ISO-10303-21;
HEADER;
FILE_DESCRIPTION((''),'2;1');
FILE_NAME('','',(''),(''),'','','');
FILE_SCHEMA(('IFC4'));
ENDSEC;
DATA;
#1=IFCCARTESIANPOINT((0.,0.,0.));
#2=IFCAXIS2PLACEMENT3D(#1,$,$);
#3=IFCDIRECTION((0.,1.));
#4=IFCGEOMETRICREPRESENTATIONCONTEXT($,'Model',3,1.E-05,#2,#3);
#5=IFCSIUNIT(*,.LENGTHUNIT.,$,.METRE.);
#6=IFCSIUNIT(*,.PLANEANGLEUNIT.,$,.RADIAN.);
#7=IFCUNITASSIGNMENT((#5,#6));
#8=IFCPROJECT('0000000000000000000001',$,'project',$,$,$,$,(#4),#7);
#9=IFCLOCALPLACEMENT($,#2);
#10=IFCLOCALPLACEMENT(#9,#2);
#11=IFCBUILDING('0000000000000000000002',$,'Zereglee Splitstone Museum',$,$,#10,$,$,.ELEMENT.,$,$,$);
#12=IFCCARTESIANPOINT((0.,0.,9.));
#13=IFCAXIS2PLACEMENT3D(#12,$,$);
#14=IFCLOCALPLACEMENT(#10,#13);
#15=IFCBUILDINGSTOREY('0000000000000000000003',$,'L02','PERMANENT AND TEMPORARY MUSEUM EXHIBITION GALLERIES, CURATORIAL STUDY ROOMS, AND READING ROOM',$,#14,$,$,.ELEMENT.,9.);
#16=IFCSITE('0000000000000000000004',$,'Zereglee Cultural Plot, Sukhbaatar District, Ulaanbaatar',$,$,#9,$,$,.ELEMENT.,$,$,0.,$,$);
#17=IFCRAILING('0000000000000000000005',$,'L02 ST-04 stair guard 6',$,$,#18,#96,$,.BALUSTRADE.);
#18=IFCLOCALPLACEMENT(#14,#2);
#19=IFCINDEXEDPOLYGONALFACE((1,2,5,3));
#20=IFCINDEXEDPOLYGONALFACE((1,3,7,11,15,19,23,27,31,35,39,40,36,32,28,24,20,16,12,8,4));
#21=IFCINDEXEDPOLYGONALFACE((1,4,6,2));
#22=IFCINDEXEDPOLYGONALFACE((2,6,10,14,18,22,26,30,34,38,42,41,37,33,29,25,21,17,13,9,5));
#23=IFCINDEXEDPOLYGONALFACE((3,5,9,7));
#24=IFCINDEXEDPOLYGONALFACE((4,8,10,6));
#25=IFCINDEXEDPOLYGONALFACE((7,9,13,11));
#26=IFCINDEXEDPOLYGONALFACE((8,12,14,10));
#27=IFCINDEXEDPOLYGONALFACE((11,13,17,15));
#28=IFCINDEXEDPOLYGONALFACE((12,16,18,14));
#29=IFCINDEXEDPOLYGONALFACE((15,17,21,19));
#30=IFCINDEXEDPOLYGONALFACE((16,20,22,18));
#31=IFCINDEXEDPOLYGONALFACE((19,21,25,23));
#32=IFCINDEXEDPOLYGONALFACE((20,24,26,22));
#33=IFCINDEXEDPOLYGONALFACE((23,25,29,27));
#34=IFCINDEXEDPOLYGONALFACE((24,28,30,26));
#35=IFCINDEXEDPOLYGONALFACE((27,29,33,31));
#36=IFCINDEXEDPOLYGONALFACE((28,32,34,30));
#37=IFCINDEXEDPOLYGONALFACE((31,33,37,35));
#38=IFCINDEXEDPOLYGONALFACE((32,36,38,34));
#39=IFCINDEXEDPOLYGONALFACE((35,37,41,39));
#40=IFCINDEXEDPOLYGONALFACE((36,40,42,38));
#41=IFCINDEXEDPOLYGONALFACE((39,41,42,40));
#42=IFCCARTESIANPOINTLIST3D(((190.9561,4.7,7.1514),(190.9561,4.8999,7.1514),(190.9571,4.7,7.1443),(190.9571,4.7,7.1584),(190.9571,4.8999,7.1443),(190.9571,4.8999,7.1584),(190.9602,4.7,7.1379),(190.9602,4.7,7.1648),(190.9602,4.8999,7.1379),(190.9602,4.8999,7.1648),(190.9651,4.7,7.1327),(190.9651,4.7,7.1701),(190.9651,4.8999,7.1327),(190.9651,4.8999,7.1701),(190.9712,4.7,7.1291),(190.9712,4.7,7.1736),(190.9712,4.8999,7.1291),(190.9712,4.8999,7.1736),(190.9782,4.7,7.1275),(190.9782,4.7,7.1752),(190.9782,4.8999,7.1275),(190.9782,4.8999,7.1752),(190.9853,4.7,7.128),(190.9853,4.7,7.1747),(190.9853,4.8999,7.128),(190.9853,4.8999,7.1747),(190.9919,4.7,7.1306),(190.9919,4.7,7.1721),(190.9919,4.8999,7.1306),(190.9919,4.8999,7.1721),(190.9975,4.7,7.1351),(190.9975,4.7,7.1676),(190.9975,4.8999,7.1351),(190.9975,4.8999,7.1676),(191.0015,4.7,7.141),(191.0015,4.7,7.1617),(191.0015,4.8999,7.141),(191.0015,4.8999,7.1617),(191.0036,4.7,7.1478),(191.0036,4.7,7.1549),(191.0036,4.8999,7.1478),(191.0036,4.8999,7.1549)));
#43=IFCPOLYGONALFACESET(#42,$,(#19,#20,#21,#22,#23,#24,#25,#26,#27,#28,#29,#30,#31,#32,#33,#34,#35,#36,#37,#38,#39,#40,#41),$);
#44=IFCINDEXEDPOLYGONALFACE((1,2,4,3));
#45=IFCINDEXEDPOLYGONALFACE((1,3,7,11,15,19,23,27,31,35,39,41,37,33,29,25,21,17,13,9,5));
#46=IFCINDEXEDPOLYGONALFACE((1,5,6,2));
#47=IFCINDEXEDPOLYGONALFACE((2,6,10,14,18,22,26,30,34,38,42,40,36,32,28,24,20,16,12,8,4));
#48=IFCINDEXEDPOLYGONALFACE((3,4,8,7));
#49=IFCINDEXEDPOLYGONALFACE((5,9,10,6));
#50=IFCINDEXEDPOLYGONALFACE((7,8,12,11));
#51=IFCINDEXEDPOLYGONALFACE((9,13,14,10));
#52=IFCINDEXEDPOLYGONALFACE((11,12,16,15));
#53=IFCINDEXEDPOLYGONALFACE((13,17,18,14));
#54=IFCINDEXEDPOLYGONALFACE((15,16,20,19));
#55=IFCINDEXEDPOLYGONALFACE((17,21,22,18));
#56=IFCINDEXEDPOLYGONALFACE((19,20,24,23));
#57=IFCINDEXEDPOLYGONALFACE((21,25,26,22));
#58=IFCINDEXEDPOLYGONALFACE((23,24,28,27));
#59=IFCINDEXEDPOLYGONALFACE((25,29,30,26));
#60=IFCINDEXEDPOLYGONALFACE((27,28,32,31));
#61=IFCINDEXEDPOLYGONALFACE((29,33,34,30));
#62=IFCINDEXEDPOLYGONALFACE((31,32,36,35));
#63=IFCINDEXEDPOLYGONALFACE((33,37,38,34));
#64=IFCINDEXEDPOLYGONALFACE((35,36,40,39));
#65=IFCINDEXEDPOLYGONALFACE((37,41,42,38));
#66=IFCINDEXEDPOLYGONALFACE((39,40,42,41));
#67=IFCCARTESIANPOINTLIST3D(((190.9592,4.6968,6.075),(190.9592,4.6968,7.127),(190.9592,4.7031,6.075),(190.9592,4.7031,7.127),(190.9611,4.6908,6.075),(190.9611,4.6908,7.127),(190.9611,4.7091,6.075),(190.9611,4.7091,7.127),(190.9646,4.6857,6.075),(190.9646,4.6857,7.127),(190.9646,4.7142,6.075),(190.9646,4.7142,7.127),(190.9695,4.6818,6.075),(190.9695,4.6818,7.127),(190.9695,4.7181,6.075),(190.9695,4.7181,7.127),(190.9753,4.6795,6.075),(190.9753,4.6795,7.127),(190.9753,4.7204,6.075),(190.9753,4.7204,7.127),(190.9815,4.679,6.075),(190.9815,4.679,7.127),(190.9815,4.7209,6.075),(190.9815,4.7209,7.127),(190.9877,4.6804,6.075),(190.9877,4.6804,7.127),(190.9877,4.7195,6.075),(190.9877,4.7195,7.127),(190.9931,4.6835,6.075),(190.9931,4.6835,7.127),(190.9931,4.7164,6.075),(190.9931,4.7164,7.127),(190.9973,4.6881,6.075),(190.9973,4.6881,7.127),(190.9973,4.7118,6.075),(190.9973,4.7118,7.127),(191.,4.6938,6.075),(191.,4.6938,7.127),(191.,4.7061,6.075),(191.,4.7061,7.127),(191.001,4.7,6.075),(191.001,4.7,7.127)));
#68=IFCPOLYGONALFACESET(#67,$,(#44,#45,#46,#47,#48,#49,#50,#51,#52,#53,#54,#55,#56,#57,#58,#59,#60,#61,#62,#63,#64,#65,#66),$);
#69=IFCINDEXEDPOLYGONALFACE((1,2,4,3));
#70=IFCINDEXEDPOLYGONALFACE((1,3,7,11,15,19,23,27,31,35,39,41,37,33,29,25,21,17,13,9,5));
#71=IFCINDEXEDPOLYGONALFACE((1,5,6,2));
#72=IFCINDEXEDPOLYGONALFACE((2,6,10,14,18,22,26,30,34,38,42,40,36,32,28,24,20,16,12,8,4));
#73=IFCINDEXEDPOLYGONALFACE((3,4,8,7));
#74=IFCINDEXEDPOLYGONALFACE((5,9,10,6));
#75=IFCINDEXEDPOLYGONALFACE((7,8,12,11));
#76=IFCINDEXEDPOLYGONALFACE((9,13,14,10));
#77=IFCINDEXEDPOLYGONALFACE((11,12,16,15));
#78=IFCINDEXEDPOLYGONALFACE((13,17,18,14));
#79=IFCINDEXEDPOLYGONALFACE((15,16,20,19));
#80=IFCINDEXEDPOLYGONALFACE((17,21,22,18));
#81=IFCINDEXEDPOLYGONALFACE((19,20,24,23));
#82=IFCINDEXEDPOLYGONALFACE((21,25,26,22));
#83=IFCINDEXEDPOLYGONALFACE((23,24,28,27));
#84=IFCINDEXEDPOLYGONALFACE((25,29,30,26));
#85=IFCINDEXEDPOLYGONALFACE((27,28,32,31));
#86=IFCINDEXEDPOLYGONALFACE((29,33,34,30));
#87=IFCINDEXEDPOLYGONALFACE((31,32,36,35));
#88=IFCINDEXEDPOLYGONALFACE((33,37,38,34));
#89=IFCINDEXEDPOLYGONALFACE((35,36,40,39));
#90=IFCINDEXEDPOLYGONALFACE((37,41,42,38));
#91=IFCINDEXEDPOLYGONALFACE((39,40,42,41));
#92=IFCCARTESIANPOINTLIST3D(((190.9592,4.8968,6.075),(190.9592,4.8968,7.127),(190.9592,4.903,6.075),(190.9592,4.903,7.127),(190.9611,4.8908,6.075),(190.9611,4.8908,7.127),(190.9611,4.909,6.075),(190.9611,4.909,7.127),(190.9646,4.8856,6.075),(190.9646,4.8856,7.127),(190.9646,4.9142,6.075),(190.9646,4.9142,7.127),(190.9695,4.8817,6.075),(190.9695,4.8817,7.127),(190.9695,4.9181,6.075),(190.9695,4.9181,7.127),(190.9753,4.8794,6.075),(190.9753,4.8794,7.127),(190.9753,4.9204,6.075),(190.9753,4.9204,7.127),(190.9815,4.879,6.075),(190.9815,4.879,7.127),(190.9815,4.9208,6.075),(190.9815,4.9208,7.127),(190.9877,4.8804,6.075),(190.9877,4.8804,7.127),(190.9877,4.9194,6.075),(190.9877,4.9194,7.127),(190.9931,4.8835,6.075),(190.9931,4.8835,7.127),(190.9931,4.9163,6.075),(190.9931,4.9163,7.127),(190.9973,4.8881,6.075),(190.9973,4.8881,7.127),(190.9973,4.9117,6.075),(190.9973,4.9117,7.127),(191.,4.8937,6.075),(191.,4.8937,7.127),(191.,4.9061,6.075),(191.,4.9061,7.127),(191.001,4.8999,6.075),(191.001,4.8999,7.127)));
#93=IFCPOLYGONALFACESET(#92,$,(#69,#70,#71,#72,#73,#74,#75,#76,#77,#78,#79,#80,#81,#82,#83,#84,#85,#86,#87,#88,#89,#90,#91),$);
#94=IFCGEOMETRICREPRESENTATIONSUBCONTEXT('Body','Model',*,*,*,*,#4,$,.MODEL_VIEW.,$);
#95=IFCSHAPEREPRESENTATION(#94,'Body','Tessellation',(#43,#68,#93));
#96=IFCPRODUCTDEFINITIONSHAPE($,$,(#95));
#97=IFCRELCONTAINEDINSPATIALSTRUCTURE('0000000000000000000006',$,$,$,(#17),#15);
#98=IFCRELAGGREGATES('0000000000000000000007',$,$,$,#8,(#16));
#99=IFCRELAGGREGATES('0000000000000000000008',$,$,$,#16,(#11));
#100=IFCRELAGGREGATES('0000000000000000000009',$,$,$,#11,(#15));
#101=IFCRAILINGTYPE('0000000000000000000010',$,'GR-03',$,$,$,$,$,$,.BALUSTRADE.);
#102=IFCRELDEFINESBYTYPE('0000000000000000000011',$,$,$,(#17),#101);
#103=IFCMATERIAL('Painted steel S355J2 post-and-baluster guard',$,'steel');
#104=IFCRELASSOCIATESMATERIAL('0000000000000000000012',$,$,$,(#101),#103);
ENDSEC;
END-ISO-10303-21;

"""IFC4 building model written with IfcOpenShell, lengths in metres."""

from ifc_helpers import new_model, si_unit, direction, frame, origin, origin_2d, place, context, subcontext, project, spatial, circle, extrude, material, type_object, element, save


model = new_model("IFC4")

# Units and contexts
model_context = context("Model", 3, precision=1e-05, world=origin(), true_north=direction((0.0, 1.0)))
body_context = subcontext(model_context, "Body", "Model", "MODEL_VIEW")
ifc_project = project(units=[si_unit("LENGTHUNIT", "METRE"), si_unit("PLANEANGLEUNIT", "RADIAN")], contexts=[model_context])

# Site, building, storey
site_placement = place(None, origin())
site = spatial("IfcSite", under=ifc_project, at=site_placement, Name="Zereglee Cultural Plot, Sukhbaatar District, Ulaanbaatar", CompositionType="ELEMENT", RefElevation=0.0)
building_placement = place(site_placement, origin())
building = spatial("IfcBuilding", under=site, at=building_placement, Name="Zereglee Splitstone Museum", CompositionType="ELEMENT")
storey_placement = place(building_placement, frame((0.0, 0.0, 9.0)))
storey = spatial("IfcBuildingStorey", under=building, at=storey_placement, Name="L02", Description="PERMANENT AND TEMPORARY MUSEUM EXHIBITION GALLERIES, CURATORIAL STUDY ROOMS, AND READING ROOM", CompositionType="ELEMENT", Elevation=9.0)

# Railing
ifc_material_1 = material(Name="Painted steel S355J2 post-and-baluster guard", Category="steel")
railing_type_1 = type_object("IfcRailingType", Name="GR-03", PredefinedType="BALUSTRADE", material=ifc_material_1)
railing_1_placement = place(storey_placement, frame((190.98, 4.7, 6.075)))
element("IfcRailing", 1, at=railing_1_placement, inside=storey, type_object=railing_type_1, Name="L02 ST-04 stair guard 6", PredefinedType="BALUSTRADE", context=body_context, shape_type="SweptSolid", body=[
    extrude(circle(Radius=0.0239, at=origin_2d()), frame((0.0, 0.0, 1.0764), z_axis=(0.0, 1.0, 0.0), x_axis=(-1.0, 0.0, 0.0)), (0.0, 0.0, 1.0), 0.2),
    extrude(circle(Radius=0.021, at=origin_2d()), origin(), (0.0, 0.0, 1.0), 1.052),
    extrude(circle(Radius=0.021, at=origin_2d()), frame((0.0, 0.2, 0.0)), (0.0, 0.0, 1.0), 1.052),
])

save(model, "model.ifc")
